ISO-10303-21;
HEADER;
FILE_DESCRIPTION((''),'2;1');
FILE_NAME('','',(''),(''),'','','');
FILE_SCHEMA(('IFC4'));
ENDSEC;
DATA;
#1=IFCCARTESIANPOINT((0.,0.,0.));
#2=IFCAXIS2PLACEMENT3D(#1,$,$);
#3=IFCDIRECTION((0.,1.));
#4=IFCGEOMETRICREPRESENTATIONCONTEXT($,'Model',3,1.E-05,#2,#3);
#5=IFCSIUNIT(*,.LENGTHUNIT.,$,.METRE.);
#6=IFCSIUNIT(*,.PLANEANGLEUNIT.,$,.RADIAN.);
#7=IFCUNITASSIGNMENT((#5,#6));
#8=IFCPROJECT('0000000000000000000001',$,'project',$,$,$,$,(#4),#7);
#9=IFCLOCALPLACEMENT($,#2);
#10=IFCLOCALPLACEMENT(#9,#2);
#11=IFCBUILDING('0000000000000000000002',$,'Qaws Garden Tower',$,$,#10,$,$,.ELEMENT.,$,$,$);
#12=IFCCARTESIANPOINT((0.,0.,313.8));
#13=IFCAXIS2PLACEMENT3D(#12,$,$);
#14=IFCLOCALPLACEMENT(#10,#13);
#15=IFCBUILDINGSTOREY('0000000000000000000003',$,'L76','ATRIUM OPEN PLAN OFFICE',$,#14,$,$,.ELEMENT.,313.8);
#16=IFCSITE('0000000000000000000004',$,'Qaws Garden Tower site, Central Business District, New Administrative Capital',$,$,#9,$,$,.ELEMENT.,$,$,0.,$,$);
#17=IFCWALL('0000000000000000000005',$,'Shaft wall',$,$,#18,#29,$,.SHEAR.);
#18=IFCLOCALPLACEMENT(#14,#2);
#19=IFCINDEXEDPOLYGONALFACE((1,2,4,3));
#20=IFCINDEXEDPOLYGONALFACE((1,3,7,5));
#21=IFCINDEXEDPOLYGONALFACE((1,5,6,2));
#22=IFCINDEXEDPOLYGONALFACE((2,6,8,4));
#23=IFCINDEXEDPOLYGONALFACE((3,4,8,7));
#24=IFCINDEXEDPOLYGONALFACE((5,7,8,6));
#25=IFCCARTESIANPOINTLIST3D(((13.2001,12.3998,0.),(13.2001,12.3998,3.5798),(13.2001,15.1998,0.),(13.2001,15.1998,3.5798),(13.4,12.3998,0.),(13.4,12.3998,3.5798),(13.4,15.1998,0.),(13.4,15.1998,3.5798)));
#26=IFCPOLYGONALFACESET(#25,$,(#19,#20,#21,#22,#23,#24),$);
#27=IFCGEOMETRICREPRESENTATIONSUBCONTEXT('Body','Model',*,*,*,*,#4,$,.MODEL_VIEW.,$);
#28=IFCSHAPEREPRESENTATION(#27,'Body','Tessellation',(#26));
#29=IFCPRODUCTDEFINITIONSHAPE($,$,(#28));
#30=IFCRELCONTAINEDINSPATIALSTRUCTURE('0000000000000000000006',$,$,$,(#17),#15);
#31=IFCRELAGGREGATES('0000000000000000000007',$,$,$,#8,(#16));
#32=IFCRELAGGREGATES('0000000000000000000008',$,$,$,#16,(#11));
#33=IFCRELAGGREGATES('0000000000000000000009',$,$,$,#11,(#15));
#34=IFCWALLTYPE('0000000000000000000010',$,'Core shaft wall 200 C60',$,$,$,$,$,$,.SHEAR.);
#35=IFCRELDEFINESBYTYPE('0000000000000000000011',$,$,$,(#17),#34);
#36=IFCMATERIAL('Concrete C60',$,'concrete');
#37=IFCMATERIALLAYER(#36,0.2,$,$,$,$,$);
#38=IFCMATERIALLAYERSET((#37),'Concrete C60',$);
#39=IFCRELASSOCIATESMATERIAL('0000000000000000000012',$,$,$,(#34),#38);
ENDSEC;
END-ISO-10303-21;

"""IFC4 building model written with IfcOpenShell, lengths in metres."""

from ifc_helpers import new_model, si_unit, direction, frame, frame_2d, origin, place, context, subcontext, project, spatial, rectangle, extrude, material, layer, layer_set, type_object, element, save


model = new_model("IFC4")

# Units and contexts
model_context = context("Model", 3, precision=1e-05, world=origin(), true_north=direction((0.0, 1.0)))
body_context = subcontext(model_context, "Body", "Model", "MODEL_VIEW")
ifc_project = project(units=[si_unit("LENGTHUNIT", "METRE"), si_unit("PLANEANGLEUNIT", "RADIAN")], contexts=[model_context])

# Site, building, storey
site_placement = place(None, origin())
site = spatial("IfcSite", under=ifc_project, at=site_placement, Name="Qaws Garden Tower site, Central Business District, New Administrative Capital", CompositionType="ELEMENT", RefElevation=0.0)
building_placement = place(site_placement, origin())
building = spatial("IfcBuilding", under=site, at=building_placement, Name="Qaws Garden Tower", CompositionType="ELEMENT")
storey_placement = place(building_placement, frame((0.0, 0.0, 313.8)))
storey = spatial("IfcBuildingStorey", under=building, at=storey_placement, Name="L76", Description="ATRIUM OPEN PLAN OFFICE", CompositionType="ELEMENT", Elevation=313.8)

# Shared definitions
ifc_material_1 = material(Name="Concrete C60", Category="concrete")
ifc_layer_1 = layer(ifc_material_1, 0.2)
ifc_layer_set_1 = layer_set([ifc_layer_1], Name="Concrete C60")
wall_type_1 = type_object("IfcWallType", Name="Core shaft wall 200 C60", PredefinedType="SHEAR", material=ifc_layer_set_1)

# Wall
wall_1_placement = place(storey_placement, frame((13.3, 12.3999, 0.0), z_axis=(0.0, 0.0, 1.0), x_axis=(0.0, 1.0, 0.0)))
element("IfcWall", 1, at=wall_1_placement, inside=storey, type_object=wall_type_1, Name="Shaft wall", PredefinedType="SHEAR", context=body_context, shape_type="SweptSolid", body=[
    extrude(rectangle(XDim=2.8, YDim=0.2, at=frame_2d((1.3999, 0.0))), origin(), (0.0, 0.0, 1.0), 3.5798),
])

save(model, "model.ifc")
